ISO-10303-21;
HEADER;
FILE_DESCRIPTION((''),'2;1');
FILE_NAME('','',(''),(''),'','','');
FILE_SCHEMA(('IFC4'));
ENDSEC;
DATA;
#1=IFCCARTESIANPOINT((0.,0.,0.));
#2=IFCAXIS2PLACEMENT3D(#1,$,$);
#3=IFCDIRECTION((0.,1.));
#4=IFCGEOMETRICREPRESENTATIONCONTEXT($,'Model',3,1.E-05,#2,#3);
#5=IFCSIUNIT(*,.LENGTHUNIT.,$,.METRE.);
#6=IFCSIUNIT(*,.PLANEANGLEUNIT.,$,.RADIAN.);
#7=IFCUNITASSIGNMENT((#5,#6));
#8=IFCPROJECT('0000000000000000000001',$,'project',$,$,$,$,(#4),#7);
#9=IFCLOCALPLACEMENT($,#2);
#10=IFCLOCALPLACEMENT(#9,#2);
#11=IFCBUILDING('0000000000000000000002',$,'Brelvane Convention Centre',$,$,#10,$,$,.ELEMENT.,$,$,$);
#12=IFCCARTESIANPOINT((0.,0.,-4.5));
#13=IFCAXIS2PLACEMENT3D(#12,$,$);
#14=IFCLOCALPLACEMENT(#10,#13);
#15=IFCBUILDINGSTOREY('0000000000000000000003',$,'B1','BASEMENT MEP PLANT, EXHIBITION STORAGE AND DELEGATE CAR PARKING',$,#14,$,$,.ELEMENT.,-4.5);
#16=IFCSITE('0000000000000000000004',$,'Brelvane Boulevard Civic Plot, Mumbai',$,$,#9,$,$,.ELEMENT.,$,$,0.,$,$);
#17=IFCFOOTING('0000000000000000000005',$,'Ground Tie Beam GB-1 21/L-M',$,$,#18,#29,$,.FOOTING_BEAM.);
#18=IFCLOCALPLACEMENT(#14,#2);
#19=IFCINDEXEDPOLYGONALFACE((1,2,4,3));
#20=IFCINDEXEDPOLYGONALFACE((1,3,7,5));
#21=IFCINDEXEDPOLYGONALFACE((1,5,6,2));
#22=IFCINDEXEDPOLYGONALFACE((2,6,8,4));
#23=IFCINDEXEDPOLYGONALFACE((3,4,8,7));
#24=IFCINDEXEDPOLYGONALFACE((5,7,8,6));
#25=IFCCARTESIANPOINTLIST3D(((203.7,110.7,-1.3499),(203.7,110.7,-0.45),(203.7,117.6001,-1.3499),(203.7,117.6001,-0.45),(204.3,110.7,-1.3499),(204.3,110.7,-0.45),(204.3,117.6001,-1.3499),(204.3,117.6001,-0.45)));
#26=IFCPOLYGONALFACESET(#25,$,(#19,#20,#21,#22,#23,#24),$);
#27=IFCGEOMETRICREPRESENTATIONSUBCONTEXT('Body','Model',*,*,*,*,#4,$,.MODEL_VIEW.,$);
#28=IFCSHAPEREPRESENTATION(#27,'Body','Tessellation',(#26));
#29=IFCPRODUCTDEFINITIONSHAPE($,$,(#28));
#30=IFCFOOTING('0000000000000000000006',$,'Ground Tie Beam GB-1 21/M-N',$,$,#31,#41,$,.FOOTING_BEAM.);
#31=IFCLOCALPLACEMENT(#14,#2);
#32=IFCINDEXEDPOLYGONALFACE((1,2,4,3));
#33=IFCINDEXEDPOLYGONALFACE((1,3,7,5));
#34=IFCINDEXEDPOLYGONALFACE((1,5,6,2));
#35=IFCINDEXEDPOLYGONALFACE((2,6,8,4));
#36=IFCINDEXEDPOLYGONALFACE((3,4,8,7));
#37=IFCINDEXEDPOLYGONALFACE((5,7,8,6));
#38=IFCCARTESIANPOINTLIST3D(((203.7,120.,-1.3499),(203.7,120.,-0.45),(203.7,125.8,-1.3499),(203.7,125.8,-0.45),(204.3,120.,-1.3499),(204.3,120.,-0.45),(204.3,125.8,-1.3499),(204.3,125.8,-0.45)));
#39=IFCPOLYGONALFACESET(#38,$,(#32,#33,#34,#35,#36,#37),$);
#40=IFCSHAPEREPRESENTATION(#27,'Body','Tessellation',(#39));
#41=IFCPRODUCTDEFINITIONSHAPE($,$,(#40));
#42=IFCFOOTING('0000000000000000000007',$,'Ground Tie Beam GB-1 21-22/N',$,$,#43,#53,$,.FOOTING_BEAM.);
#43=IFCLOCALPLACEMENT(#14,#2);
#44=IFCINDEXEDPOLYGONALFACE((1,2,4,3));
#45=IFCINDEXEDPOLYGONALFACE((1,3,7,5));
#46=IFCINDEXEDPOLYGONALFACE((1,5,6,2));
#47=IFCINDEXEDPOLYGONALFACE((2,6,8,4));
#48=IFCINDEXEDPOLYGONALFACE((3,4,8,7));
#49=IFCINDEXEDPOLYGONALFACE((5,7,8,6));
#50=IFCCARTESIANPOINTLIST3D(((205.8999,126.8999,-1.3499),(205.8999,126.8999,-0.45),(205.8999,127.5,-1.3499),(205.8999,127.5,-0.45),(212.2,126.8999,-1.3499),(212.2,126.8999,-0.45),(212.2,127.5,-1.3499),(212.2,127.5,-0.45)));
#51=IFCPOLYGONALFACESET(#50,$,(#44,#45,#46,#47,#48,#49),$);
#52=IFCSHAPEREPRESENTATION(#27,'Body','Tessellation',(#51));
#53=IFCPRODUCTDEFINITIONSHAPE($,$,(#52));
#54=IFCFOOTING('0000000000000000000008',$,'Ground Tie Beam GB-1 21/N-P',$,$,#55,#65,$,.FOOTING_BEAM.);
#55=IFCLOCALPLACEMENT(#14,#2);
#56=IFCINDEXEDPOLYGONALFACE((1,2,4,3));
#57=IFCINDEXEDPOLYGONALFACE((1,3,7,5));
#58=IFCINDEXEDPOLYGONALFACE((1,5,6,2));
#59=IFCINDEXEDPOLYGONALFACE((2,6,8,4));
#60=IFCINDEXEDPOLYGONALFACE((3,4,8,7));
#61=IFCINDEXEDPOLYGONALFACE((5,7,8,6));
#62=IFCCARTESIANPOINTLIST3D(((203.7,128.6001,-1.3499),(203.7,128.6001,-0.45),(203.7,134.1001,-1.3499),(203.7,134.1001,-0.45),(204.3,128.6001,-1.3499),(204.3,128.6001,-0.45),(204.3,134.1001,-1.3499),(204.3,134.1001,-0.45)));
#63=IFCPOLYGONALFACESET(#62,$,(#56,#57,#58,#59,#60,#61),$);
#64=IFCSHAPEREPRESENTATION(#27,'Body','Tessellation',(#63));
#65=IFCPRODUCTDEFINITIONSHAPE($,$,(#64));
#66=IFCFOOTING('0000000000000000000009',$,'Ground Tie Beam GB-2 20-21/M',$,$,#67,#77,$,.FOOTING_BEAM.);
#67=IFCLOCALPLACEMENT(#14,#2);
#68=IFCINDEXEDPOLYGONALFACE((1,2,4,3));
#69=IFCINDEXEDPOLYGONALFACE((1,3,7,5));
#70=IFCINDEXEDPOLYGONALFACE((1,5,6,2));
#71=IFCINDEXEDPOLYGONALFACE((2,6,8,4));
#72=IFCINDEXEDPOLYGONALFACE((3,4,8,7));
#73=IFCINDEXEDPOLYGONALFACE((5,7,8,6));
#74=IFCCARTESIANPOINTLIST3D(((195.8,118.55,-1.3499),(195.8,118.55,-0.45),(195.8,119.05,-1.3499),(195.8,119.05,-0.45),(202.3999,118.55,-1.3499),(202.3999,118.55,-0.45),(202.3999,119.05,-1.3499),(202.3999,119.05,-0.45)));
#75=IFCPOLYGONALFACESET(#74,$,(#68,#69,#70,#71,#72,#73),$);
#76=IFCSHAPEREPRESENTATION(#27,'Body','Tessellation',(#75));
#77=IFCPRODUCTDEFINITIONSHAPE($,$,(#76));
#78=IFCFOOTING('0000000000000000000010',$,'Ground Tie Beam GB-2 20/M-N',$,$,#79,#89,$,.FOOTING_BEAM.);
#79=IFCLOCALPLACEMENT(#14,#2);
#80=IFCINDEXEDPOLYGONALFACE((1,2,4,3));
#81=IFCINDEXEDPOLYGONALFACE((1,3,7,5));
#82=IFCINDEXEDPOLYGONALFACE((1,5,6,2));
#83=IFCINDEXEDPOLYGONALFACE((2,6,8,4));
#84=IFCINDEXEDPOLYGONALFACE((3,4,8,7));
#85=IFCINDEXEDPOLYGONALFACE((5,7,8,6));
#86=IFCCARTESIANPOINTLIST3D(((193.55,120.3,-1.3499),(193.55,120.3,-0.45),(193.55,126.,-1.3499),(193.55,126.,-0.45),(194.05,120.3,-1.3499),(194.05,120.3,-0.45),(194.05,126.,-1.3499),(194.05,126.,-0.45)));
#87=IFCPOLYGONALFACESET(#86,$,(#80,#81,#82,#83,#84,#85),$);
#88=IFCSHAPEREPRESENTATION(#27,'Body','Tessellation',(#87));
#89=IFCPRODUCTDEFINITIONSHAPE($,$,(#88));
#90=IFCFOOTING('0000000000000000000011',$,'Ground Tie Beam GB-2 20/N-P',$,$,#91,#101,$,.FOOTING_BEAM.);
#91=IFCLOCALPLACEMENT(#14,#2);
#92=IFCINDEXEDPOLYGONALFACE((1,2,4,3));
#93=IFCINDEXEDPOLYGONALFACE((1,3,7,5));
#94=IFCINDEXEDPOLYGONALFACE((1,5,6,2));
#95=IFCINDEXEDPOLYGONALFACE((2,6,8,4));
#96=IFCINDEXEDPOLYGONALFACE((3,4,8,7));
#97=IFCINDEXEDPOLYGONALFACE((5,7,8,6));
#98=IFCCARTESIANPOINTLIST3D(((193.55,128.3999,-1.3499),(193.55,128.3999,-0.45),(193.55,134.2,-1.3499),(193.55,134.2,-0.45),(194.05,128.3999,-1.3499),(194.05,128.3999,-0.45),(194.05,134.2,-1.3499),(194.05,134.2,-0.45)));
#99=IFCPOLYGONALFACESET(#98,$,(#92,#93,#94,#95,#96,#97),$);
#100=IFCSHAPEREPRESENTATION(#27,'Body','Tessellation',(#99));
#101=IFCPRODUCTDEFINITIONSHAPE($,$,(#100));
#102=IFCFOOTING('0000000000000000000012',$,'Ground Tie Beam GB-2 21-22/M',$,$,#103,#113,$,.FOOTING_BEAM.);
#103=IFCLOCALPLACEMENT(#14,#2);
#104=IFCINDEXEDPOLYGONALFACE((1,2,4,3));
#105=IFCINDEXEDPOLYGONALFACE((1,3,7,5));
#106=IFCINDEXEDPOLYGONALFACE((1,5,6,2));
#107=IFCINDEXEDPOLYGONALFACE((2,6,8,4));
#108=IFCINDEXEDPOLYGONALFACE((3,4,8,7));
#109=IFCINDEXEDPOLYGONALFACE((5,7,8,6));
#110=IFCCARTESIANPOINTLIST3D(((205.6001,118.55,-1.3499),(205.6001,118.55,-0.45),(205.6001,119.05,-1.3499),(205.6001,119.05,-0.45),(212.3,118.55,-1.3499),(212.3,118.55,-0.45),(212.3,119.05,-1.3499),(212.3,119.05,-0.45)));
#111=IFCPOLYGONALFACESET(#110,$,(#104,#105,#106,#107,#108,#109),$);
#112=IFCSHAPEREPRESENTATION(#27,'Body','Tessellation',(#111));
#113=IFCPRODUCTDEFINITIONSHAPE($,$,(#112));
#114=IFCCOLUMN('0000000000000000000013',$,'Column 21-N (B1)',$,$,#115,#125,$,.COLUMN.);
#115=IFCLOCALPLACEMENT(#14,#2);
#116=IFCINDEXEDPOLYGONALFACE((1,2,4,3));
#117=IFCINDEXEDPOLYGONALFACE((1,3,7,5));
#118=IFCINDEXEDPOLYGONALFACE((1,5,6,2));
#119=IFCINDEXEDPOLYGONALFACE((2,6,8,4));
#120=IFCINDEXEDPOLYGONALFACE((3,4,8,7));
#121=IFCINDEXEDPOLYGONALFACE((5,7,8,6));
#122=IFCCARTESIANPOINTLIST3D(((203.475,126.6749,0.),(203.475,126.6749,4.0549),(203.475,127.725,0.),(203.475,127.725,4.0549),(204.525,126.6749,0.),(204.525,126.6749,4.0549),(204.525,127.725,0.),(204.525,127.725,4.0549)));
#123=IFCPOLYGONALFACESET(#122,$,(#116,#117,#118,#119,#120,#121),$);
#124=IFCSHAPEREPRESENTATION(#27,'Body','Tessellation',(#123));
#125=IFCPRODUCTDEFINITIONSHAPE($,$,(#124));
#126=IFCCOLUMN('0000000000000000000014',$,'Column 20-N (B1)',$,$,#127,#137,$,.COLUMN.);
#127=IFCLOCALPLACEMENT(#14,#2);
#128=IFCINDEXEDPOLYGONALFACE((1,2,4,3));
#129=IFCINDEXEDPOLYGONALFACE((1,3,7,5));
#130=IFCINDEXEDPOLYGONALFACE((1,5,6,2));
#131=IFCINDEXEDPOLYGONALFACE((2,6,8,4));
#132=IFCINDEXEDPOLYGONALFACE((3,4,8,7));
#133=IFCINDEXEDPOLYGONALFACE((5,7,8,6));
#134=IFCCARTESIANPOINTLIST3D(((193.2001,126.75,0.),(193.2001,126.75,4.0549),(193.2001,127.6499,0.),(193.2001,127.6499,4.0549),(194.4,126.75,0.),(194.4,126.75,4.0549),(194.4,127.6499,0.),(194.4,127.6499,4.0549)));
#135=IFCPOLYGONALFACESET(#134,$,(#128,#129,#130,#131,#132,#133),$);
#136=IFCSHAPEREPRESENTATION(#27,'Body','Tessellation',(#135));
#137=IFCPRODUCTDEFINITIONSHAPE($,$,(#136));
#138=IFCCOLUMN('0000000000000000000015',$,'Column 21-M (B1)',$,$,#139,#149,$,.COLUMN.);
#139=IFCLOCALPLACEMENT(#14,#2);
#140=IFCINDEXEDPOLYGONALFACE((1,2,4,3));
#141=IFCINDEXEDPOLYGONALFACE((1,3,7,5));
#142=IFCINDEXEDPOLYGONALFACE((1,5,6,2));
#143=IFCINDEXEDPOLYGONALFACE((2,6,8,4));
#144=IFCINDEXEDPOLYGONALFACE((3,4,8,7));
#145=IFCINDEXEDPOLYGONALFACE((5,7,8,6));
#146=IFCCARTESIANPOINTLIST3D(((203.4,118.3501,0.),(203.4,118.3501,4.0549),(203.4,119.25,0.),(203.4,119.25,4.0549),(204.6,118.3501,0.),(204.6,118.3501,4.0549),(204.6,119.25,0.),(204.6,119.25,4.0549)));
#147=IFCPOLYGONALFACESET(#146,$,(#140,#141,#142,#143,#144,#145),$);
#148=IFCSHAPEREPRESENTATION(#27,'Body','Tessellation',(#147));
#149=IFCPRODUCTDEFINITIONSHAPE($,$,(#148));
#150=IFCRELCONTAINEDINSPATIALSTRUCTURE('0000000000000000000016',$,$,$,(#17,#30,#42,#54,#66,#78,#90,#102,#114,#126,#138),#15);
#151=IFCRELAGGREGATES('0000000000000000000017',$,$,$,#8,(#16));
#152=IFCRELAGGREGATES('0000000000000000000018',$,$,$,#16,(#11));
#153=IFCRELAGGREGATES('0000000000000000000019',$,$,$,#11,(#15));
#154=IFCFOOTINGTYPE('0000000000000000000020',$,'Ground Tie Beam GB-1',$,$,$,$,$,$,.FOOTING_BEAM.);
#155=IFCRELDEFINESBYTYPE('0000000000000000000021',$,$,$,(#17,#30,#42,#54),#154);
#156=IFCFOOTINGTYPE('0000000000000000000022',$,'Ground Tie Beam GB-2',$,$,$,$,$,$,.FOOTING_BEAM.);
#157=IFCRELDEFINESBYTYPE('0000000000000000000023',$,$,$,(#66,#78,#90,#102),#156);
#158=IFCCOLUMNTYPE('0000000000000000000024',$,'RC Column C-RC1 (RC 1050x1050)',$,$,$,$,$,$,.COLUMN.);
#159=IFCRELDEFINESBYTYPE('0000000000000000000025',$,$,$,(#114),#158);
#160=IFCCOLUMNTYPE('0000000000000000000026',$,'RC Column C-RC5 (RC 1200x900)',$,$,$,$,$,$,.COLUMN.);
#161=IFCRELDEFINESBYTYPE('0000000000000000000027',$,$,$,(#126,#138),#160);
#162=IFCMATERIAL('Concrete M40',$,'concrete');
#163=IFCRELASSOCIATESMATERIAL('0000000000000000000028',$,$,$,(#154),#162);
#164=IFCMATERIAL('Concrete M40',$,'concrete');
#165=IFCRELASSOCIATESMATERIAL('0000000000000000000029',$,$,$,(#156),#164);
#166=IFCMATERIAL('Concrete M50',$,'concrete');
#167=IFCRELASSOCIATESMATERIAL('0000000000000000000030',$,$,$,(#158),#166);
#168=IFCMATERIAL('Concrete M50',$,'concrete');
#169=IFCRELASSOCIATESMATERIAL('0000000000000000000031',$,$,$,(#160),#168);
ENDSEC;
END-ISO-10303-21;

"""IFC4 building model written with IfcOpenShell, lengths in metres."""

from ifc_helpers import new_model, si_unit, direction, frame, origin, origin_2d, place, context, subcontext, project, spatial, rectangle, extrude, material, material_profile, profile_set, type_object, element, save


model = new_model("IFC4")

# Units and contexts
model_context = context("Model", 3, precision=1e-05, world=origin(), true_north=direction((0.0, 1.0)))
body_context = subcontext(model_context, "Body", "Model", "MODEL_VIEW")
ifc_project = project(units=[si_unit("LENGTHUNIT", "METRE"), si_unit("PLANEANGLEUNIT", "RADIAN")], contexts=[model_context])

# Site, building, storey
site_placement = place(None, origin())
site = spatial("IfcSite", under=ifc_project, at=site_placement, Name="Brelvane Boulevard Civic Plot, Mumbai", CompositionType="ELEMENT", RefElevation=0.0)
building_placement = place(site_placement, origin())
building = spatial("IfcBuilding", under=site, at=building_placement, Name="Brelvane Convention Centre", CompositionType="ELEMENT")
storey_placement = place(building_placement, frame((0.0, 0.0, -4.5)))
storey = spatial("IfcBuildingStorey", under=building, at=storey_placement, Name="B1", Description="BASEMENT MEP PLANT, EXHIBITION STORAGE AND DELEGATE CAR PARKING", CompositionType="ELEMENT", Elevation=-4.5)

# Footings
ifc_material_1 = material(Name="Concrete M40", Category="concrete")
ifc_material_profile_1 = material_profile(ifc_material_1, rectangle(XDim=0.6001, YDim=0.8999, at=origin_2d()), Name="RC 600x900")
ifc_profile_set_1 = profile_set([ifc_material_profile_1], Name="Concrete M40")
footing_type_1 = type_object("IfcFootingType", Name="Ground Tie Beam GB-1", PredefinedType="FOOTING_BEAM", material=ifc_profile_set_1)
footing_1_placement = place(storey_placement, frame((204.0, 110.7, -0.8999), z_axis=(0.0, 1.0, 0.0), x_axis=(-1.0, 0.0, 0.0)))
element("IfcFooting", 1, at=footing_1_placement, inside=storey, type_object=footing_type_1, Name="Ground Tie Beam GB-1 21/L-M", PredefinedType="FOOTING_BEAM", context=body_context, shape_type="SweptSolid", body=[
    extrude(rectangle(XDim=0.6001, YDim=0.8999, at=origin_2d()), origin(), (0.0, 0.0, 1.0), 6.9001),
])
footing_2_placement = place(storey_placement, frame((204.0, 120.0, -0.8999), z_axis=(0.0, 1.0, 0.0), x_axis=(-1.0, 0.0, 0.0)))
element("IfcFooting", 2, at=footing_2_placement, inside=storey, type_object=footing_type_1, Name="Ground Tie Beam GB-1 21/M-N", PredefinedType="FOOTING_BEAM", context=body_context, shape_type="SweptSolid", body=[
    extrude(rectangle(XDim=0.6001, YDim=0.8999, at=origin_2d()), origin(), (0.0, 0.0, 1.0), 5.8),
])
footing_3_placement = place(storey_placement, frame((205.8999, 127.2, -0.8999), z_axis=(1.0, 0.0, 0.0), x_axis=(0.0, 1.0, 0.0)))
element("IfcFooting", 3, at=footing_3_placement, inside=storey, type_object=footing_type_1, Name="Ground Tie Beam GB-1 21-22/N", PredefinedType="FOOTING_BEAM", context=body_context, shape_type="SweptSolid", body=[
    extrude(rectangle(XDim=0.6001, YDim=0.8999, at=origin_2d()), origin(), (0.0, 0.0, 1.0), 6.3),
])
footing_4_placement = place(storey_placement, frame((204.0, 128.6001, -0.8999), z_axis=(0.0, 1.0, 0.0), x_axis=(-1.0, 0.0, 0.0)))
element("IfcFooting", 4, at=footing_4_placement, inside=storey, type_object=footing_type_1, Name="Ground Tie Beam GB-1 21/N-P", PredefinedType="FOOTING_BEAM", context=body_context, shape_type="SweptSolid", body=[
    extrude(rectangle(XDim=0.6001, YDim=0.8999, at=origin_2d()), origin(), (0.0, 0.0, 1.0), 5.5),
])
ifc_material_2 = material(Name="Concrete M40", Category="concrete")
ifc_material_profile_2 = material_profile(ifc_material_2, rectangle(XDim=0.5, YDim=0.8999, at=origin_2d()), Name="RC 500x900")
ifc_profile_set_2 = profile_set([ifc_material_profile_2], Name="Concrete M40")
footing_type_2 = type_object("IfcFootingType", Name="Ground Tie Beam GB-2", PredefinedType="FOOTING_BEAM", material=ifc_profile_set_2)
footing_5_placement = place(storey_placement, frame((195.8, 118.8, -0.8999), z_axis=(1.0, 0.0, 0.0), x_axis=(0.0, 1.0, 0.0)))
element("IfcFooting", 5, at=footing_5_placement, inside=storey, type_object=footing_type_2, Name="Ground Tie Beam GB-2 20-21/M", PredefinedType="FOOTING_BEAM", context=body_context, shape_type="SweptSolid", body=[
    extrude(rectangle(XDim=0.5, YDim=0.8999, at=origin_2d()), origin(), (0.0, 0.0, 1.0), 6.5999),
])
footing_6_placement = place(storey_placement, frame((193.8, 120.3, -0.8999), z_axis=(0.0, 1.0, 0.0), x_axis=(-1.0, 0.0, 0.0)))
element("IfcFooting", 6, at=footing_6_placement, inside=storey, type_object=footing_type_2, Name="Ground Tie Beam GB-2 20/M-N", PredefinedType="FOOTING_BEAM", context=body_context, shape_type="SweptSolid", body=[
    extrude(rectangle(XDim=0.5, YDim=0.8999, at=origin_2d()), origin(), (0.0, 0.0, 1.0), 5.7),
])
footing_7_placement = place(storey_placement, frame((193.8, 128.3999, -0.8999), z_axis=(0.0, 1.0, 0.0), x_axis=(-1.0, 0.0, 0.0)))
element("IfcFooting", 7, at=footing_7_placement, inside=storey, type_object=footing_type_2, Name="Ground Tie Beam GB-2 20/N-P", PredefinedType="FOOTING_BEAM", context=body_context, shape_type="SweptSolid", body=[
    extrude(rectangle(XDim=0.5, YDim=0.8999, at=origin_2d()), origin(), (0.0, 0.0, 1.0), 5.8),
])
footing_8_placement = place(storey_placement, frame((205.6001, 118.8, -0.8999), z_axis=(1.0, 0.0, 0.0), x_axis=(0.0, 1.0, 0.0)))
element("IfcFooting", 8, at=footing_8_placement, inside=storey, type_object=footing_type_2, Name="Ground Tie Beam GB-2 21-22/M", PredefinedType="FOOTING_BEAM", context=body_context, shape_type="SweptSolid", body=[
    extrude(rectangle(XDim=0.5, YDim=0.8999, at=origin_2d()), origin(), (0.0, 0.0, 1.0), 6.7),
])

# Columns
ifc_material_3 = material(Name="Concrete M50", Category="concrete")
ifc_material_profile_3 = material_profile(ifc_material_3, rectangle(XDim=1.05, YDim=1.05, at=origin_2d()), Name="RC 1050x1050")
ifc_profile_set_3 = profile_set([ifc_material_profile_3], Name="Concrete M50")
column_type_1 = type_object("IfcColumnType", Name="RC Column C-RC1 (RC 1050x1050)", PredefinedType="COLUMN", material=ifc_profile_set_3)
column_placement = place(storey_placement, frame((204.0, 127.2, 0.0), z_axis=(0.0, 0.0, 1.0), x_axis=(1.0, 0.0, 0.0)))
element("IfcColumn", 9, at=column_placement, inside=storey, type_object=column_type_1, Name="Column 21-N (B1)", PredefinedType="COLUMN", context=body_context, shape_type="SweptSolid", body=[
    extrude(rectangle(XDim=1.05, YDim=1.05, at=origin_2d()), origin(), (0.0, 0.0, 1.0), 4.0549),
])
ifc_material_4 = material(Name="Concrete M50", Category="concrete")
ifc_material_profile_4 = material_profile(ifc_material_4, rectangle(XDim=1.2, YDim=0.8999, at=origin_2d()), Name="RC 1200x900")
ifc_profile_set_4 = profile_set([ifc_material_profile_4], Name="Concrete M50")
column_type_2 = type_object("IfcColumnType", Name="RC Column C-RC5 (RC 1200x900)", PredefinedType="COLUMN", material=ifc_profile_set_4)
for number, where, z_axis, x_axis, name in (
    (10, (193.8, 127.2, 0.0), (0.0, 0.0, 1.0), (1.0, 0.0, 0.0), "Column 20-N (B1)"),
    (11, (204.0, 118.8, 0.0), (0.0, 0.0, 1.0), (1.0, 0.0, 0.0), "Column 21-M (B1)"),
):
    element("IfcColumn", number, at=place(storey_placement, frame(where, z_axis=z_axis, x_axis=x_axis)), inside=storey, type_object=column_type_2, Name=name, PredefinedType="COLUMN", context=body_context, shape_type="SweptSolid", body=[
        extrude(rectangle(XDim=1.2, YDim=0.8999, at=origin_2d()), origin(), (0.0, 0.0, 1.0), 4.0549),
    ])

save(model, "model.ifc")
